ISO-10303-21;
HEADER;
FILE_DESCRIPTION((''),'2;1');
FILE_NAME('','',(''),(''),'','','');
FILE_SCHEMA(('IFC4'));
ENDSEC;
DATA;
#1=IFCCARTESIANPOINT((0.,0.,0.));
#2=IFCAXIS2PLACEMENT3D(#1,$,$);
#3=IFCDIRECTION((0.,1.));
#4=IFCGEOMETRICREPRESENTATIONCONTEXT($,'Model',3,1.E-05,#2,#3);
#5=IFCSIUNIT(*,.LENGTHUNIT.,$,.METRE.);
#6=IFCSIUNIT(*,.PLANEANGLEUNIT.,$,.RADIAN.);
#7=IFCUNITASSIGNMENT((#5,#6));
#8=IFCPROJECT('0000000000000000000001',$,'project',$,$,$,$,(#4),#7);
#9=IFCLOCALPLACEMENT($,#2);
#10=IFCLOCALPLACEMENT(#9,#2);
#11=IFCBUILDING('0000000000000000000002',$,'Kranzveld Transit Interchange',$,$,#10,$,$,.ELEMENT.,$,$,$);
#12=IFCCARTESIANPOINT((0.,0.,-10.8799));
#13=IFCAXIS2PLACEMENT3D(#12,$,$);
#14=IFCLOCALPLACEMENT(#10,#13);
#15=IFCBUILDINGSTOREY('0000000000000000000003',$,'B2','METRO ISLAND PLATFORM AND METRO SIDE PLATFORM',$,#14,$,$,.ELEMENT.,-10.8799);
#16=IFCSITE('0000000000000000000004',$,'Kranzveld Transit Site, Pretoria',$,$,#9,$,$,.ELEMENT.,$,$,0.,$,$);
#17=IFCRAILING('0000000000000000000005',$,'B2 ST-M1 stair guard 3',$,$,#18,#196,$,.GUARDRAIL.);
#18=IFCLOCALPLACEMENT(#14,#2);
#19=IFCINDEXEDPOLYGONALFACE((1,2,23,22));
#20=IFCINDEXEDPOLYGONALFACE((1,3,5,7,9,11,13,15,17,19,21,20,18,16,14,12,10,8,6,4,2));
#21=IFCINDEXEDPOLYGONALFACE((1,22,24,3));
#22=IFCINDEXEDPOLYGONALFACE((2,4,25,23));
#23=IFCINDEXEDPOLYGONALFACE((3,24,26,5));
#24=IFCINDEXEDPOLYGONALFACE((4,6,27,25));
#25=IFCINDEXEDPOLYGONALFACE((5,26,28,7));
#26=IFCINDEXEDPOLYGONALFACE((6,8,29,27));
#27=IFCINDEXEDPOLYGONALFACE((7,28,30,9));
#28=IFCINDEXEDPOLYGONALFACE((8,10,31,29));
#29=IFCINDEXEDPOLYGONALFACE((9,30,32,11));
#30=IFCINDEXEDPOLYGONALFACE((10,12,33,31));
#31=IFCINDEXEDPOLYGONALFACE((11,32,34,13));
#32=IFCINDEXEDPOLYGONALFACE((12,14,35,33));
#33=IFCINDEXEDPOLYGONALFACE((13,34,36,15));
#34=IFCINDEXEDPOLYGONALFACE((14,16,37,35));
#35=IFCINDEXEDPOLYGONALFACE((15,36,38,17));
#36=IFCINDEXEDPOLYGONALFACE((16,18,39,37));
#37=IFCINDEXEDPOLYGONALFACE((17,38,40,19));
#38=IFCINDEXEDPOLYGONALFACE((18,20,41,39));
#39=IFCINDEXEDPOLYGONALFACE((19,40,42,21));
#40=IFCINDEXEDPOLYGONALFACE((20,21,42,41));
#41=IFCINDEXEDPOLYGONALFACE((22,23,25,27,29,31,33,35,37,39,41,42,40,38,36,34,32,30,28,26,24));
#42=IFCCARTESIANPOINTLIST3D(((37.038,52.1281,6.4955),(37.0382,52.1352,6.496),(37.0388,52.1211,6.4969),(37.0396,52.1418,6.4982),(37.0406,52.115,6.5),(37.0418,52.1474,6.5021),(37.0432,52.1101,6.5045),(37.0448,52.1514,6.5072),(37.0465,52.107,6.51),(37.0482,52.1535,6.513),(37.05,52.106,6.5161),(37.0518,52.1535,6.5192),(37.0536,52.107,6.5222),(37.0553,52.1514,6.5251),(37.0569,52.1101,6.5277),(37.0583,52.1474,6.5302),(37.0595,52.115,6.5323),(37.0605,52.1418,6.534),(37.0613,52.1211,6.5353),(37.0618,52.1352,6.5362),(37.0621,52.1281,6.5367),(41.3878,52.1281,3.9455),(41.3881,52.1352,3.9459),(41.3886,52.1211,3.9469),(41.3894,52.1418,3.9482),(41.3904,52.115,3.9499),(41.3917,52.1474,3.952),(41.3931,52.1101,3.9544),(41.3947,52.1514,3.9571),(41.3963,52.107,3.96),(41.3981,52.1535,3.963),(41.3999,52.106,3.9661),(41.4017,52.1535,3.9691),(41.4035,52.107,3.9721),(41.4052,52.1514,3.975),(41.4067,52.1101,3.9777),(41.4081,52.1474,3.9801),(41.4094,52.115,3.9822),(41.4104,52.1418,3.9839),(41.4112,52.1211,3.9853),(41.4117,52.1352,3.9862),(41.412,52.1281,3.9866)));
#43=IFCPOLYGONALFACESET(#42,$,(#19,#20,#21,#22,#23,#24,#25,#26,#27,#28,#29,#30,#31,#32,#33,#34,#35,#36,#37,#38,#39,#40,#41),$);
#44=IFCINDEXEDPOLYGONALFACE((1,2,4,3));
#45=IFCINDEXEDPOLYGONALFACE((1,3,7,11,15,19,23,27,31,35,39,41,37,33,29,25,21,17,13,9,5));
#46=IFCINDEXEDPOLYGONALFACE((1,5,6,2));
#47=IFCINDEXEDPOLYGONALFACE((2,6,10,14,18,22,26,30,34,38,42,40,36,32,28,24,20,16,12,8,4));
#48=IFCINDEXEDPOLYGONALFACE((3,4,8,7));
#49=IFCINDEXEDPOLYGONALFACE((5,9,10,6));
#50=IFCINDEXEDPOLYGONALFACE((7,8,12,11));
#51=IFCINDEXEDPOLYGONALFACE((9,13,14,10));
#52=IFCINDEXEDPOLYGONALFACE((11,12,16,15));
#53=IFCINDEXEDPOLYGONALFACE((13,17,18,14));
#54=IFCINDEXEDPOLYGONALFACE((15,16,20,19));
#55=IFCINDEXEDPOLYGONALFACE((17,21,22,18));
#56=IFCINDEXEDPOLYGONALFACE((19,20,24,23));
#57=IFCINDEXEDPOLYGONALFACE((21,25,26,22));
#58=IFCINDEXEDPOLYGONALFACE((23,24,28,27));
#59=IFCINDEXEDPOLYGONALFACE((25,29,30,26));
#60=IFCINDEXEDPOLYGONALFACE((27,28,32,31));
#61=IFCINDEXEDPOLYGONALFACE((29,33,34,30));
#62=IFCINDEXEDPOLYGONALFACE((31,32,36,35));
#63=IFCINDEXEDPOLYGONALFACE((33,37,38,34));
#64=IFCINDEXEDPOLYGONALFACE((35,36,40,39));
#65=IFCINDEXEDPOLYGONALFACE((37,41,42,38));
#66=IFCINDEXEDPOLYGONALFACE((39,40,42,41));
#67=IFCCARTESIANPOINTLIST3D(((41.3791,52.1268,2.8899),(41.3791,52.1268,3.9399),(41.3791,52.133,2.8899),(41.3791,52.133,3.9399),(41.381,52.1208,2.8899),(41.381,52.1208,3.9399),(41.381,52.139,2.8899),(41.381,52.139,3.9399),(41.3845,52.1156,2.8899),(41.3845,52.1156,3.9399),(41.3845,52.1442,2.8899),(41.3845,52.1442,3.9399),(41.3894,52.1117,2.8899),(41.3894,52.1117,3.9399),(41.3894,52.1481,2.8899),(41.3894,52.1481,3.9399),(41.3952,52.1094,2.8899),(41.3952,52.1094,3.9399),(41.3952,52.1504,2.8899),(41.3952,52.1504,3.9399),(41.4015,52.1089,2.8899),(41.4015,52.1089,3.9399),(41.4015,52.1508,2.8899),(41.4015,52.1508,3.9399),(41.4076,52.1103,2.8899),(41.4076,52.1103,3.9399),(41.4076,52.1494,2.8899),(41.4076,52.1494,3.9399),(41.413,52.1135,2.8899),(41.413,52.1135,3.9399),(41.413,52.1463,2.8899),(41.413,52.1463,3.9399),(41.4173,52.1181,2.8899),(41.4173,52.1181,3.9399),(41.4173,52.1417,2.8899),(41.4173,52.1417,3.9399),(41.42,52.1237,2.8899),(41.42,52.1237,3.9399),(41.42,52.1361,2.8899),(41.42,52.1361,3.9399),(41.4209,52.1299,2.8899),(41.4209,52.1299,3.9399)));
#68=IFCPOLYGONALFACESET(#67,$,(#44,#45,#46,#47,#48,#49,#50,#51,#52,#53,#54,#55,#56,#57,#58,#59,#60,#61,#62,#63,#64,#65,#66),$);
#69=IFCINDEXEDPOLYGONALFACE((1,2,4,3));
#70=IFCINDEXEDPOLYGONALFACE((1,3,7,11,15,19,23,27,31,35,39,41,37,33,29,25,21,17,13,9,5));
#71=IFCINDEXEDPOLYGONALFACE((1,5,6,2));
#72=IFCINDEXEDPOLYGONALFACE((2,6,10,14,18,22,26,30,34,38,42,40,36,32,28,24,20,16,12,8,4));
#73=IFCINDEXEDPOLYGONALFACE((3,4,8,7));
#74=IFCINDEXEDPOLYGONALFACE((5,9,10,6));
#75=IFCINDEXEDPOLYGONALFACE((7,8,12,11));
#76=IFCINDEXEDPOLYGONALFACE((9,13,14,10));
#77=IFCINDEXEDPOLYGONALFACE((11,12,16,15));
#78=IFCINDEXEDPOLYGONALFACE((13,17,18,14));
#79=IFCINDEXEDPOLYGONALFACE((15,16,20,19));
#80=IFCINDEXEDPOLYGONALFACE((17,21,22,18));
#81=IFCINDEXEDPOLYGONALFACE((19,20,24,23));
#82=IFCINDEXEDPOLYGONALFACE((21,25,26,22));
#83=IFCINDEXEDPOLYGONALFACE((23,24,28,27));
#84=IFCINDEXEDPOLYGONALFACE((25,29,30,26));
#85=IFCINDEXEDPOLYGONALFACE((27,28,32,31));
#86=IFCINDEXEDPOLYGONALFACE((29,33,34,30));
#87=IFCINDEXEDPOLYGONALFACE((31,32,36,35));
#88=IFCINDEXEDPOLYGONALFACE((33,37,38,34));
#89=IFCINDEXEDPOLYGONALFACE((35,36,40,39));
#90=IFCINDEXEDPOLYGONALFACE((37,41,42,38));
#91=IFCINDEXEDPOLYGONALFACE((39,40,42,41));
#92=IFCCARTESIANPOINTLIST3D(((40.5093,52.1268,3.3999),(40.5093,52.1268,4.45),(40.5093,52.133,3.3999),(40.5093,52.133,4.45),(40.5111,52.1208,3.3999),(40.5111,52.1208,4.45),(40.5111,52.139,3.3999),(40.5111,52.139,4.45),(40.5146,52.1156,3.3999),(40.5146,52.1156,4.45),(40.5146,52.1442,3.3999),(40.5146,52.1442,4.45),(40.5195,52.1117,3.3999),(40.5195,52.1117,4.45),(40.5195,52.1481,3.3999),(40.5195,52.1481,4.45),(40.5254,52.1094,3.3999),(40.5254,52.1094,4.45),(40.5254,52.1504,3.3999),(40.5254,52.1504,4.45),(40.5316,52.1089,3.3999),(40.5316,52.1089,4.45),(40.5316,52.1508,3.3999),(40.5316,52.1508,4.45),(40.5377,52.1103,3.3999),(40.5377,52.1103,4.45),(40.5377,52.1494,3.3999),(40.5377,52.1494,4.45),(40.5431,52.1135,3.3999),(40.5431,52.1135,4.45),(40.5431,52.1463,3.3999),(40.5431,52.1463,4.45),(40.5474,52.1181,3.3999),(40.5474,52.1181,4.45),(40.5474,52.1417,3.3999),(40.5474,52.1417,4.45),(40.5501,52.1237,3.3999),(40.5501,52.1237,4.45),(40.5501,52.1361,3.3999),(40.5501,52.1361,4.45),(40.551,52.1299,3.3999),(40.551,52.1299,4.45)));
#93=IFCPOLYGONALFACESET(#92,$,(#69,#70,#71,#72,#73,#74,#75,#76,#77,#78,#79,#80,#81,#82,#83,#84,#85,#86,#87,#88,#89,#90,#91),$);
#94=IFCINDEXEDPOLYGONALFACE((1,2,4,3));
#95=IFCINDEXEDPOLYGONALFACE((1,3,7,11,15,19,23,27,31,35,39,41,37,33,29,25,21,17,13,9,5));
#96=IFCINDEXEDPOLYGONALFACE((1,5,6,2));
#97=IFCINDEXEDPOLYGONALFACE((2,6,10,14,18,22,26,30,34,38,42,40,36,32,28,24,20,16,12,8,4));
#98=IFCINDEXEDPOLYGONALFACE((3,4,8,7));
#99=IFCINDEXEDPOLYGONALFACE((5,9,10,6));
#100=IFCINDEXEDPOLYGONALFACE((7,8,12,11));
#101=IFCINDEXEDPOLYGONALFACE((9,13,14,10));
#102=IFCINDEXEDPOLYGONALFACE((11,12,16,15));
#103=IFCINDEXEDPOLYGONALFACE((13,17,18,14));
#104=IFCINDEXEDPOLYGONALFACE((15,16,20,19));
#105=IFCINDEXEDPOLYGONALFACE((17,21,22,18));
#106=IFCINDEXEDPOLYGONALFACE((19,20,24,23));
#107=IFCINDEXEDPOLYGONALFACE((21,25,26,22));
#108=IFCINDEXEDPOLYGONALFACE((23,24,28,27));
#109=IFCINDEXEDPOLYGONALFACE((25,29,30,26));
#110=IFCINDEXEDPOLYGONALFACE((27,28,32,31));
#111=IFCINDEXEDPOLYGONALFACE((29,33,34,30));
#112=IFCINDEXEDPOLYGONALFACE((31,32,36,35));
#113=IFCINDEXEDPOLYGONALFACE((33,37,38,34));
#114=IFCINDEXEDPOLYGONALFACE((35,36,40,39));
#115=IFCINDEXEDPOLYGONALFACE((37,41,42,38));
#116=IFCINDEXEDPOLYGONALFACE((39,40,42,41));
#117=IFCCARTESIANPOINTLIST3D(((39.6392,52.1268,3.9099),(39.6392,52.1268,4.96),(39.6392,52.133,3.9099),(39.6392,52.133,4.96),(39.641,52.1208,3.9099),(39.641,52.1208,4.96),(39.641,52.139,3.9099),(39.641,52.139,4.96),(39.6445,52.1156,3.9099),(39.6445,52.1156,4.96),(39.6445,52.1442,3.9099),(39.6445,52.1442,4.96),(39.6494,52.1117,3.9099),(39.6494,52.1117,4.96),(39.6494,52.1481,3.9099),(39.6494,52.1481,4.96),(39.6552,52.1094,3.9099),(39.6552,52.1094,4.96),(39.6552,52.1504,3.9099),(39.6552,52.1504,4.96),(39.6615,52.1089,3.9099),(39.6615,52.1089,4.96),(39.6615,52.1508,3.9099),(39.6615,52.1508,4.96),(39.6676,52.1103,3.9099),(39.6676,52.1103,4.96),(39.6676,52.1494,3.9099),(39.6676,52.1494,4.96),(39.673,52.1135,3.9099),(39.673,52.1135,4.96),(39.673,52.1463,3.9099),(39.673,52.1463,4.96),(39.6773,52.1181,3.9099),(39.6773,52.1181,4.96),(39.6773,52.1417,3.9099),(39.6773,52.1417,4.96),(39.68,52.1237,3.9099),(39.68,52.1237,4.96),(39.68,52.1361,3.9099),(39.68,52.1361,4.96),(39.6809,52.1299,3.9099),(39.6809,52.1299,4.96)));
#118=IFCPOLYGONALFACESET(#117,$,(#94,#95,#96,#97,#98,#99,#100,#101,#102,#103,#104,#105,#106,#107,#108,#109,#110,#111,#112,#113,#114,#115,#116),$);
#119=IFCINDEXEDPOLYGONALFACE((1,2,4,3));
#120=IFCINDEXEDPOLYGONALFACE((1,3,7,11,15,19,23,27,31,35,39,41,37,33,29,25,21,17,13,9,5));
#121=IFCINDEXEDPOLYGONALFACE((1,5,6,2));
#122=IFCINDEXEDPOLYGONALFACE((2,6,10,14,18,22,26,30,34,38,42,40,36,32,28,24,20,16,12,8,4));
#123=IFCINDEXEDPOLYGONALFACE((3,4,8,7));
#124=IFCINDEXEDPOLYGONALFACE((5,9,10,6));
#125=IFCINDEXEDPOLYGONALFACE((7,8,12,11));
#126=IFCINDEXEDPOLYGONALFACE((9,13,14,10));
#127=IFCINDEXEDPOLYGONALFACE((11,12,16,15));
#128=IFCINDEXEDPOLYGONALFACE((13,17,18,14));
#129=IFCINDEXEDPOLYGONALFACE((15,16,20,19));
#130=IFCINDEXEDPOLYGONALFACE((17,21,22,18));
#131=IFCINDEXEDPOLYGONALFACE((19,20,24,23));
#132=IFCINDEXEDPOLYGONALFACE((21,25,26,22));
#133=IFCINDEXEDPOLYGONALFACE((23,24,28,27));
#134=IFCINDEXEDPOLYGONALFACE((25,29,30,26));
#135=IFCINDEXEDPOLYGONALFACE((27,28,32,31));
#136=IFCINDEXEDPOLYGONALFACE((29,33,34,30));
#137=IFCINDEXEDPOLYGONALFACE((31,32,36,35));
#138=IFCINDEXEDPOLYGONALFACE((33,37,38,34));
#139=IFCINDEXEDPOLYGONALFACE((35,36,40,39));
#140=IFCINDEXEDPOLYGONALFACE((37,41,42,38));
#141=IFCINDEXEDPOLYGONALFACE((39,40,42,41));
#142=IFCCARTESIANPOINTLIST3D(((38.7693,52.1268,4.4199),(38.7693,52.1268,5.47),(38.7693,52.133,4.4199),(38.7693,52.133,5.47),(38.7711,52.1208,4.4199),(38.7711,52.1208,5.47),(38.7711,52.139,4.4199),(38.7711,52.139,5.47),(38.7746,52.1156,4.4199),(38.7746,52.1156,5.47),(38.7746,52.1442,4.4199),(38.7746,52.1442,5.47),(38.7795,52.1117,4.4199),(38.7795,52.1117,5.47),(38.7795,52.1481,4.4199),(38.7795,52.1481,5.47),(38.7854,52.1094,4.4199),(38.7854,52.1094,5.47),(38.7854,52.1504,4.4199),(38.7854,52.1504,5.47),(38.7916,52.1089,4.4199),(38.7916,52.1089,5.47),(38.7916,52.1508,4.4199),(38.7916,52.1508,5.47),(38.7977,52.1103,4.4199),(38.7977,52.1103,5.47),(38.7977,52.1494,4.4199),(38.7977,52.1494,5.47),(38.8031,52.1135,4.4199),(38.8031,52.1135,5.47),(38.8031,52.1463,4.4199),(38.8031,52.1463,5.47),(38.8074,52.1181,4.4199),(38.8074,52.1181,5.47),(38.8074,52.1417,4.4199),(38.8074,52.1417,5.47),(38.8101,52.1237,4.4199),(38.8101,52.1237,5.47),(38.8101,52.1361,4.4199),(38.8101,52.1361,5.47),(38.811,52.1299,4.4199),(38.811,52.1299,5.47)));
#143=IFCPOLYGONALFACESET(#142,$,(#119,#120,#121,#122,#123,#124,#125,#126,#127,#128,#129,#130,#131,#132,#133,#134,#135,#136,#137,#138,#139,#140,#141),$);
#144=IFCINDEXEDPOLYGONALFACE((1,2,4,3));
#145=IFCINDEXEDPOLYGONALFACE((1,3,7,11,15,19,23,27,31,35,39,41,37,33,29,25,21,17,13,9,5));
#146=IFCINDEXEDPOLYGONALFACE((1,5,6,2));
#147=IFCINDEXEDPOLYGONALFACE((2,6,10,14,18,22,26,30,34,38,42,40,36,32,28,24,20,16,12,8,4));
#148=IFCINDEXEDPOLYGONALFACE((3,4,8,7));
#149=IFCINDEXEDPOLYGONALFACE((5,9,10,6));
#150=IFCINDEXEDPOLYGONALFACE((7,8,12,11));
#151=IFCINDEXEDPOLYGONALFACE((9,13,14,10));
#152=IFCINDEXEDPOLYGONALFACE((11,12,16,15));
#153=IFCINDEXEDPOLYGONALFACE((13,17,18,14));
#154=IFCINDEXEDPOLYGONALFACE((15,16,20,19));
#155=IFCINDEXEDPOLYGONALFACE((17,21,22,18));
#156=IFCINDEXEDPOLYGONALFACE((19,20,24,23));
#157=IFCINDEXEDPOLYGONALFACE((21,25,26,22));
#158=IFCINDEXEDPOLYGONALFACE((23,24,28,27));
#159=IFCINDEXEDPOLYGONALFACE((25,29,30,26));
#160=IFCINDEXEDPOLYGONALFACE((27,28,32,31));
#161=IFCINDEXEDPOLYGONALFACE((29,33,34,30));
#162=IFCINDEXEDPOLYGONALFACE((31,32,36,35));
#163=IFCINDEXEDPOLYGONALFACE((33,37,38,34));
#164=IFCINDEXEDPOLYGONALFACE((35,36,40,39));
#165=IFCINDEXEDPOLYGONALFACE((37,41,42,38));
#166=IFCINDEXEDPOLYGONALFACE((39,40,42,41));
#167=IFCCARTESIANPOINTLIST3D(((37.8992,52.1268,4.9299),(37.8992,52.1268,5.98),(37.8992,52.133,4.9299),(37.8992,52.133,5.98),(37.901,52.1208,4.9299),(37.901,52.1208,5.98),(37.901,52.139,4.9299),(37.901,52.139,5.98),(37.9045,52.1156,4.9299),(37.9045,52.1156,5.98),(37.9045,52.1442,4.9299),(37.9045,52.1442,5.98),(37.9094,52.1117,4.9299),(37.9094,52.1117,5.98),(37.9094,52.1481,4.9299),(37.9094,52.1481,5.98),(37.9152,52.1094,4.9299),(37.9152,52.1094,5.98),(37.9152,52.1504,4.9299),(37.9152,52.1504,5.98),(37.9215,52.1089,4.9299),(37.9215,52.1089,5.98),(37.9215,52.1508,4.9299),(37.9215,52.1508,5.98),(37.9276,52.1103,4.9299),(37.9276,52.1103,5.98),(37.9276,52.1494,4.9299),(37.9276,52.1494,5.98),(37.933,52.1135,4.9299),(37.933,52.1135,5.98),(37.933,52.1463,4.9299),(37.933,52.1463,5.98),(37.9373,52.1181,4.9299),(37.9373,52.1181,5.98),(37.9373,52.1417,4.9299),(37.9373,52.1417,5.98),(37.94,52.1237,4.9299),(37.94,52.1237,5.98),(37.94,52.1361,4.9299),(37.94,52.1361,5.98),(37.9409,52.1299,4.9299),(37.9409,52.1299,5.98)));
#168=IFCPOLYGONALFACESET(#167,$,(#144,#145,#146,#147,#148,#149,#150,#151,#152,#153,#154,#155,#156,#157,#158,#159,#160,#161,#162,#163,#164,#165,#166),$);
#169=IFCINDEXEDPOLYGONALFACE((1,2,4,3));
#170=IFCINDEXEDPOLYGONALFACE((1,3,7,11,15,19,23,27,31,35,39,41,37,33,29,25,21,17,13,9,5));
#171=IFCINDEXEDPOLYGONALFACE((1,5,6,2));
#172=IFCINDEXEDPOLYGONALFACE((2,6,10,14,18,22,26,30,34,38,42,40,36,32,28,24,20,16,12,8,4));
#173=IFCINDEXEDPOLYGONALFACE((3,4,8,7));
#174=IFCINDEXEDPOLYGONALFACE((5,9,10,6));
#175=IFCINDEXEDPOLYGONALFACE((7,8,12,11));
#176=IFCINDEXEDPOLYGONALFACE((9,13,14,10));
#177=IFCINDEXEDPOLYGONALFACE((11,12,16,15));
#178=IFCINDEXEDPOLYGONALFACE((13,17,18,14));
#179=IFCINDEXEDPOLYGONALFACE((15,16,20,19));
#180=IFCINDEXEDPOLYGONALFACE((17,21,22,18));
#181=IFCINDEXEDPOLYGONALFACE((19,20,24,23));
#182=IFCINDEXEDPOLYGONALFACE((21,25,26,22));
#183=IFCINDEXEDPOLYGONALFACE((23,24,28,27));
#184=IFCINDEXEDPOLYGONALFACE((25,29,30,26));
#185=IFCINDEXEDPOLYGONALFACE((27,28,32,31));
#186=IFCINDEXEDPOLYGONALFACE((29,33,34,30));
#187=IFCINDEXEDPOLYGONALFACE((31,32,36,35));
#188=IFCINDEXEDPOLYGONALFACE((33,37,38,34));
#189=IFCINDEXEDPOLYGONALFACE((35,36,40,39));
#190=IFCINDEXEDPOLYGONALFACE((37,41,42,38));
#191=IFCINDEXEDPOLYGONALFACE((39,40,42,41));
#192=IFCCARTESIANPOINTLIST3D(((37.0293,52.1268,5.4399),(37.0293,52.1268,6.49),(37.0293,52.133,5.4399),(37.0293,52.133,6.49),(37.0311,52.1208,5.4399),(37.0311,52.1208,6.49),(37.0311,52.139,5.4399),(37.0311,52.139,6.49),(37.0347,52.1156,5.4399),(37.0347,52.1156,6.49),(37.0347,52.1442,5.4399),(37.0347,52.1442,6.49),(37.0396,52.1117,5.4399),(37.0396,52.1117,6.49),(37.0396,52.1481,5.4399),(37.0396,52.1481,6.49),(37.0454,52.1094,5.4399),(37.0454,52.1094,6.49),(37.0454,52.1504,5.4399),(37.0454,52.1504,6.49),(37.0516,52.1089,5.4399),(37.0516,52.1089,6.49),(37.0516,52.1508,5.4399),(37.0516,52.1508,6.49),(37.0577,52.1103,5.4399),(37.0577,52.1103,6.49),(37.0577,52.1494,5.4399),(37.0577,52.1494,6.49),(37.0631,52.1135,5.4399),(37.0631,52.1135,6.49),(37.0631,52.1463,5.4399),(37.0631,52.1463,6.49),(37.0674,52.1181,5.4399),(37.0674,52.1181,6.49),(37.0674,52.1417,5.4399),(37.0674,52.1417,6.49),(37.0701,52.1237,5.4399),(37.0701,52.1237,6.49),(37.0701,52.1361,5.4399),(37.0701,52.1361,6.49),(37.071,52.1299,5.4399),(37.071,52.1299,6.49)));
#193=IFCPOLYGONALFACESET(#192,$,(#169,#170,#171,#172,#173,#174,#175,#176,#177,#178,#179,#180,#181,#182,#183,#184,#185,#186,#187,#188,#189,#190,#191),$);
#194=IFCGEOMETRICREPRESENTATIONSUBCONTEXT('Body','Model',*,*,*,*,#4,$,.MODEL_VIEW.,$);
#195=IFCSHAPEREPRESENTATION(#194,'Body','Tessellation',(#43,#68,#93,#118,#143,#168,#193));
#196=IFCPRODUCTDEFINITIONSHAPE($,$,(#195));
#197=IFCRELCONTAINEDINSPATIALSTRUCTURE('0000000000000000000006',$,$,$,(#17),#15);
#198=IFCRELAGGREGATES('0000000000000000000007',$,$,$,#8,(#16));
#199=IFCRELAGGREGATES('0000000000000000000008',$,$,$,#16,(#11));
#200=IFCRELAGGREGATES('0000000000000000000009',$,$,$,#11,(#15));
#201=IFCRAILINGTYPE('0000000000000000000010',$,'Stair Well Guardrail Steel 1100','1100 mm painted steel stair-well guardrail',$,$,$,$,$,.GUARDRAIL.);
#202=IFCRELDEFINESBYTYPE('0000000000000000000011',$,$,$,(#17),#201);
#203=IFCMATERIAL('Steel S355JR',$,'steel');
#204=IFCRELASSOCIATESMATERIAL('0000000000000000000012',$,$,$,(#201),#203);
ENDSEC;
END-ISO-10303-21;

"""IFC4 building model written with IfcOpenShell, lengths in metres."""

from ifc_helpers import new_model, si_unit, direction, frame, origin, origin_2d, place, context, subcontext, project, spatial, circle, extrude, material, type_object, element, save


model = new_model("IFC4")

# Units and contexts
model_context = context("Model", 3, precision=1e-05, world=origin(), true_north=direction((0.0, 1.0)))
body_context = subcontext(model_context, "Body", "Model", "MODEL_VIEW")
ifc_project = project(units=[si_unit("LENGTHUNIT", "METRE"), si_unit("PLANEANGLEUNIT", "RADIAN")], contexts=[model_context])

# Site, building, storey
site_placement = place(None, origin())
site = spatial("IfcSite", under=ifc_project, at=site_placement, Name="Kranzveld Transit Site, Pretoria", CompositionType="ELEMENT", RefElevation=0.0)
building_placement = place(site_placement, origin())
building = spatial("IfcBuilding", under=site, at=building_placement, Name="Kranzveld Transit Interchange", CompositionType="ELEMENT")
storey_placement = place(building_placement, frame((0.0, 0.0, -10.8799)))
storey = spatial("IfcBuildingStorey", under=building, at=storey_placement, Name="B2", Description="METRO ISLAND PLATFORM AND METRO SIDE PLATFORM", CompositionType="ELEMENT", Elevation=-10.8799)

# Railing
ifc_material_1 = material(Name="Steel S355JR", Category="steel")
railing_type_1 = type_object("IfcRailingType", Name="Stair Well Guardrail Steel 1100", Description="1100 mm painted steel stair-well guardrail", PredefinedType="GUARDRAIL", material=ifc_material_1)
railing_1_placement = place(storey_placement, frame((41.3999, 52.1299, 2.8899)))
element("IfcRailing", 1, at=railing_1_placement, inside=storey, type_object=railing_type_1, Name="B2 ST-M1 stair guard 3", PredefinedType="GUARDRAIL", context=body_context, shape_type="SweptSolid", body=[
    extrude(circle(Radius=0.0239, at=origin_2d()), frame((0.0, 0.0, 1.0762), z_axis=(-0.862686, 0.0, 0.505739), x_axis=(0.0, -1.0, 0.0)), (0.0, 0.0, 1.0), 5.0422),
    extrude(circle(Radius=0.021, at=origin_2d()), origin(), (0.0, 0.0, 1.0), 1.05),
    extrude(circle(Radius=0.021, at=origin_2d()), frame((-0.8699, 0.0, 0.51)), (0.0, 0.0, 1.0), 1.05),
    extrude(circle(Radius=0.021, at=origin_2d()), frame((-1.74, 0.0, 1.02)), (0.0, 0.0, 1.0), 1.05),
    extrude(circle(Radius=0.021, at=origin_2d()), frame((-2.6099, 0.0, 1.53)), (0.0, 0.0, 1.0), 1.05),
    extrude(circle(Radius=0.021, at=origin_2d()), frame((-3.48, 0.0, 2.04)), (0.0, 0.0, 1.0), 1.05),
    extrude(circle(Radius=0.021, at=origin_2d()), frame((-4.3499, 0.0, 2.55)), (0.0, 0.0, 1.0), 1.05),
])

save(model, "model.ifc")
